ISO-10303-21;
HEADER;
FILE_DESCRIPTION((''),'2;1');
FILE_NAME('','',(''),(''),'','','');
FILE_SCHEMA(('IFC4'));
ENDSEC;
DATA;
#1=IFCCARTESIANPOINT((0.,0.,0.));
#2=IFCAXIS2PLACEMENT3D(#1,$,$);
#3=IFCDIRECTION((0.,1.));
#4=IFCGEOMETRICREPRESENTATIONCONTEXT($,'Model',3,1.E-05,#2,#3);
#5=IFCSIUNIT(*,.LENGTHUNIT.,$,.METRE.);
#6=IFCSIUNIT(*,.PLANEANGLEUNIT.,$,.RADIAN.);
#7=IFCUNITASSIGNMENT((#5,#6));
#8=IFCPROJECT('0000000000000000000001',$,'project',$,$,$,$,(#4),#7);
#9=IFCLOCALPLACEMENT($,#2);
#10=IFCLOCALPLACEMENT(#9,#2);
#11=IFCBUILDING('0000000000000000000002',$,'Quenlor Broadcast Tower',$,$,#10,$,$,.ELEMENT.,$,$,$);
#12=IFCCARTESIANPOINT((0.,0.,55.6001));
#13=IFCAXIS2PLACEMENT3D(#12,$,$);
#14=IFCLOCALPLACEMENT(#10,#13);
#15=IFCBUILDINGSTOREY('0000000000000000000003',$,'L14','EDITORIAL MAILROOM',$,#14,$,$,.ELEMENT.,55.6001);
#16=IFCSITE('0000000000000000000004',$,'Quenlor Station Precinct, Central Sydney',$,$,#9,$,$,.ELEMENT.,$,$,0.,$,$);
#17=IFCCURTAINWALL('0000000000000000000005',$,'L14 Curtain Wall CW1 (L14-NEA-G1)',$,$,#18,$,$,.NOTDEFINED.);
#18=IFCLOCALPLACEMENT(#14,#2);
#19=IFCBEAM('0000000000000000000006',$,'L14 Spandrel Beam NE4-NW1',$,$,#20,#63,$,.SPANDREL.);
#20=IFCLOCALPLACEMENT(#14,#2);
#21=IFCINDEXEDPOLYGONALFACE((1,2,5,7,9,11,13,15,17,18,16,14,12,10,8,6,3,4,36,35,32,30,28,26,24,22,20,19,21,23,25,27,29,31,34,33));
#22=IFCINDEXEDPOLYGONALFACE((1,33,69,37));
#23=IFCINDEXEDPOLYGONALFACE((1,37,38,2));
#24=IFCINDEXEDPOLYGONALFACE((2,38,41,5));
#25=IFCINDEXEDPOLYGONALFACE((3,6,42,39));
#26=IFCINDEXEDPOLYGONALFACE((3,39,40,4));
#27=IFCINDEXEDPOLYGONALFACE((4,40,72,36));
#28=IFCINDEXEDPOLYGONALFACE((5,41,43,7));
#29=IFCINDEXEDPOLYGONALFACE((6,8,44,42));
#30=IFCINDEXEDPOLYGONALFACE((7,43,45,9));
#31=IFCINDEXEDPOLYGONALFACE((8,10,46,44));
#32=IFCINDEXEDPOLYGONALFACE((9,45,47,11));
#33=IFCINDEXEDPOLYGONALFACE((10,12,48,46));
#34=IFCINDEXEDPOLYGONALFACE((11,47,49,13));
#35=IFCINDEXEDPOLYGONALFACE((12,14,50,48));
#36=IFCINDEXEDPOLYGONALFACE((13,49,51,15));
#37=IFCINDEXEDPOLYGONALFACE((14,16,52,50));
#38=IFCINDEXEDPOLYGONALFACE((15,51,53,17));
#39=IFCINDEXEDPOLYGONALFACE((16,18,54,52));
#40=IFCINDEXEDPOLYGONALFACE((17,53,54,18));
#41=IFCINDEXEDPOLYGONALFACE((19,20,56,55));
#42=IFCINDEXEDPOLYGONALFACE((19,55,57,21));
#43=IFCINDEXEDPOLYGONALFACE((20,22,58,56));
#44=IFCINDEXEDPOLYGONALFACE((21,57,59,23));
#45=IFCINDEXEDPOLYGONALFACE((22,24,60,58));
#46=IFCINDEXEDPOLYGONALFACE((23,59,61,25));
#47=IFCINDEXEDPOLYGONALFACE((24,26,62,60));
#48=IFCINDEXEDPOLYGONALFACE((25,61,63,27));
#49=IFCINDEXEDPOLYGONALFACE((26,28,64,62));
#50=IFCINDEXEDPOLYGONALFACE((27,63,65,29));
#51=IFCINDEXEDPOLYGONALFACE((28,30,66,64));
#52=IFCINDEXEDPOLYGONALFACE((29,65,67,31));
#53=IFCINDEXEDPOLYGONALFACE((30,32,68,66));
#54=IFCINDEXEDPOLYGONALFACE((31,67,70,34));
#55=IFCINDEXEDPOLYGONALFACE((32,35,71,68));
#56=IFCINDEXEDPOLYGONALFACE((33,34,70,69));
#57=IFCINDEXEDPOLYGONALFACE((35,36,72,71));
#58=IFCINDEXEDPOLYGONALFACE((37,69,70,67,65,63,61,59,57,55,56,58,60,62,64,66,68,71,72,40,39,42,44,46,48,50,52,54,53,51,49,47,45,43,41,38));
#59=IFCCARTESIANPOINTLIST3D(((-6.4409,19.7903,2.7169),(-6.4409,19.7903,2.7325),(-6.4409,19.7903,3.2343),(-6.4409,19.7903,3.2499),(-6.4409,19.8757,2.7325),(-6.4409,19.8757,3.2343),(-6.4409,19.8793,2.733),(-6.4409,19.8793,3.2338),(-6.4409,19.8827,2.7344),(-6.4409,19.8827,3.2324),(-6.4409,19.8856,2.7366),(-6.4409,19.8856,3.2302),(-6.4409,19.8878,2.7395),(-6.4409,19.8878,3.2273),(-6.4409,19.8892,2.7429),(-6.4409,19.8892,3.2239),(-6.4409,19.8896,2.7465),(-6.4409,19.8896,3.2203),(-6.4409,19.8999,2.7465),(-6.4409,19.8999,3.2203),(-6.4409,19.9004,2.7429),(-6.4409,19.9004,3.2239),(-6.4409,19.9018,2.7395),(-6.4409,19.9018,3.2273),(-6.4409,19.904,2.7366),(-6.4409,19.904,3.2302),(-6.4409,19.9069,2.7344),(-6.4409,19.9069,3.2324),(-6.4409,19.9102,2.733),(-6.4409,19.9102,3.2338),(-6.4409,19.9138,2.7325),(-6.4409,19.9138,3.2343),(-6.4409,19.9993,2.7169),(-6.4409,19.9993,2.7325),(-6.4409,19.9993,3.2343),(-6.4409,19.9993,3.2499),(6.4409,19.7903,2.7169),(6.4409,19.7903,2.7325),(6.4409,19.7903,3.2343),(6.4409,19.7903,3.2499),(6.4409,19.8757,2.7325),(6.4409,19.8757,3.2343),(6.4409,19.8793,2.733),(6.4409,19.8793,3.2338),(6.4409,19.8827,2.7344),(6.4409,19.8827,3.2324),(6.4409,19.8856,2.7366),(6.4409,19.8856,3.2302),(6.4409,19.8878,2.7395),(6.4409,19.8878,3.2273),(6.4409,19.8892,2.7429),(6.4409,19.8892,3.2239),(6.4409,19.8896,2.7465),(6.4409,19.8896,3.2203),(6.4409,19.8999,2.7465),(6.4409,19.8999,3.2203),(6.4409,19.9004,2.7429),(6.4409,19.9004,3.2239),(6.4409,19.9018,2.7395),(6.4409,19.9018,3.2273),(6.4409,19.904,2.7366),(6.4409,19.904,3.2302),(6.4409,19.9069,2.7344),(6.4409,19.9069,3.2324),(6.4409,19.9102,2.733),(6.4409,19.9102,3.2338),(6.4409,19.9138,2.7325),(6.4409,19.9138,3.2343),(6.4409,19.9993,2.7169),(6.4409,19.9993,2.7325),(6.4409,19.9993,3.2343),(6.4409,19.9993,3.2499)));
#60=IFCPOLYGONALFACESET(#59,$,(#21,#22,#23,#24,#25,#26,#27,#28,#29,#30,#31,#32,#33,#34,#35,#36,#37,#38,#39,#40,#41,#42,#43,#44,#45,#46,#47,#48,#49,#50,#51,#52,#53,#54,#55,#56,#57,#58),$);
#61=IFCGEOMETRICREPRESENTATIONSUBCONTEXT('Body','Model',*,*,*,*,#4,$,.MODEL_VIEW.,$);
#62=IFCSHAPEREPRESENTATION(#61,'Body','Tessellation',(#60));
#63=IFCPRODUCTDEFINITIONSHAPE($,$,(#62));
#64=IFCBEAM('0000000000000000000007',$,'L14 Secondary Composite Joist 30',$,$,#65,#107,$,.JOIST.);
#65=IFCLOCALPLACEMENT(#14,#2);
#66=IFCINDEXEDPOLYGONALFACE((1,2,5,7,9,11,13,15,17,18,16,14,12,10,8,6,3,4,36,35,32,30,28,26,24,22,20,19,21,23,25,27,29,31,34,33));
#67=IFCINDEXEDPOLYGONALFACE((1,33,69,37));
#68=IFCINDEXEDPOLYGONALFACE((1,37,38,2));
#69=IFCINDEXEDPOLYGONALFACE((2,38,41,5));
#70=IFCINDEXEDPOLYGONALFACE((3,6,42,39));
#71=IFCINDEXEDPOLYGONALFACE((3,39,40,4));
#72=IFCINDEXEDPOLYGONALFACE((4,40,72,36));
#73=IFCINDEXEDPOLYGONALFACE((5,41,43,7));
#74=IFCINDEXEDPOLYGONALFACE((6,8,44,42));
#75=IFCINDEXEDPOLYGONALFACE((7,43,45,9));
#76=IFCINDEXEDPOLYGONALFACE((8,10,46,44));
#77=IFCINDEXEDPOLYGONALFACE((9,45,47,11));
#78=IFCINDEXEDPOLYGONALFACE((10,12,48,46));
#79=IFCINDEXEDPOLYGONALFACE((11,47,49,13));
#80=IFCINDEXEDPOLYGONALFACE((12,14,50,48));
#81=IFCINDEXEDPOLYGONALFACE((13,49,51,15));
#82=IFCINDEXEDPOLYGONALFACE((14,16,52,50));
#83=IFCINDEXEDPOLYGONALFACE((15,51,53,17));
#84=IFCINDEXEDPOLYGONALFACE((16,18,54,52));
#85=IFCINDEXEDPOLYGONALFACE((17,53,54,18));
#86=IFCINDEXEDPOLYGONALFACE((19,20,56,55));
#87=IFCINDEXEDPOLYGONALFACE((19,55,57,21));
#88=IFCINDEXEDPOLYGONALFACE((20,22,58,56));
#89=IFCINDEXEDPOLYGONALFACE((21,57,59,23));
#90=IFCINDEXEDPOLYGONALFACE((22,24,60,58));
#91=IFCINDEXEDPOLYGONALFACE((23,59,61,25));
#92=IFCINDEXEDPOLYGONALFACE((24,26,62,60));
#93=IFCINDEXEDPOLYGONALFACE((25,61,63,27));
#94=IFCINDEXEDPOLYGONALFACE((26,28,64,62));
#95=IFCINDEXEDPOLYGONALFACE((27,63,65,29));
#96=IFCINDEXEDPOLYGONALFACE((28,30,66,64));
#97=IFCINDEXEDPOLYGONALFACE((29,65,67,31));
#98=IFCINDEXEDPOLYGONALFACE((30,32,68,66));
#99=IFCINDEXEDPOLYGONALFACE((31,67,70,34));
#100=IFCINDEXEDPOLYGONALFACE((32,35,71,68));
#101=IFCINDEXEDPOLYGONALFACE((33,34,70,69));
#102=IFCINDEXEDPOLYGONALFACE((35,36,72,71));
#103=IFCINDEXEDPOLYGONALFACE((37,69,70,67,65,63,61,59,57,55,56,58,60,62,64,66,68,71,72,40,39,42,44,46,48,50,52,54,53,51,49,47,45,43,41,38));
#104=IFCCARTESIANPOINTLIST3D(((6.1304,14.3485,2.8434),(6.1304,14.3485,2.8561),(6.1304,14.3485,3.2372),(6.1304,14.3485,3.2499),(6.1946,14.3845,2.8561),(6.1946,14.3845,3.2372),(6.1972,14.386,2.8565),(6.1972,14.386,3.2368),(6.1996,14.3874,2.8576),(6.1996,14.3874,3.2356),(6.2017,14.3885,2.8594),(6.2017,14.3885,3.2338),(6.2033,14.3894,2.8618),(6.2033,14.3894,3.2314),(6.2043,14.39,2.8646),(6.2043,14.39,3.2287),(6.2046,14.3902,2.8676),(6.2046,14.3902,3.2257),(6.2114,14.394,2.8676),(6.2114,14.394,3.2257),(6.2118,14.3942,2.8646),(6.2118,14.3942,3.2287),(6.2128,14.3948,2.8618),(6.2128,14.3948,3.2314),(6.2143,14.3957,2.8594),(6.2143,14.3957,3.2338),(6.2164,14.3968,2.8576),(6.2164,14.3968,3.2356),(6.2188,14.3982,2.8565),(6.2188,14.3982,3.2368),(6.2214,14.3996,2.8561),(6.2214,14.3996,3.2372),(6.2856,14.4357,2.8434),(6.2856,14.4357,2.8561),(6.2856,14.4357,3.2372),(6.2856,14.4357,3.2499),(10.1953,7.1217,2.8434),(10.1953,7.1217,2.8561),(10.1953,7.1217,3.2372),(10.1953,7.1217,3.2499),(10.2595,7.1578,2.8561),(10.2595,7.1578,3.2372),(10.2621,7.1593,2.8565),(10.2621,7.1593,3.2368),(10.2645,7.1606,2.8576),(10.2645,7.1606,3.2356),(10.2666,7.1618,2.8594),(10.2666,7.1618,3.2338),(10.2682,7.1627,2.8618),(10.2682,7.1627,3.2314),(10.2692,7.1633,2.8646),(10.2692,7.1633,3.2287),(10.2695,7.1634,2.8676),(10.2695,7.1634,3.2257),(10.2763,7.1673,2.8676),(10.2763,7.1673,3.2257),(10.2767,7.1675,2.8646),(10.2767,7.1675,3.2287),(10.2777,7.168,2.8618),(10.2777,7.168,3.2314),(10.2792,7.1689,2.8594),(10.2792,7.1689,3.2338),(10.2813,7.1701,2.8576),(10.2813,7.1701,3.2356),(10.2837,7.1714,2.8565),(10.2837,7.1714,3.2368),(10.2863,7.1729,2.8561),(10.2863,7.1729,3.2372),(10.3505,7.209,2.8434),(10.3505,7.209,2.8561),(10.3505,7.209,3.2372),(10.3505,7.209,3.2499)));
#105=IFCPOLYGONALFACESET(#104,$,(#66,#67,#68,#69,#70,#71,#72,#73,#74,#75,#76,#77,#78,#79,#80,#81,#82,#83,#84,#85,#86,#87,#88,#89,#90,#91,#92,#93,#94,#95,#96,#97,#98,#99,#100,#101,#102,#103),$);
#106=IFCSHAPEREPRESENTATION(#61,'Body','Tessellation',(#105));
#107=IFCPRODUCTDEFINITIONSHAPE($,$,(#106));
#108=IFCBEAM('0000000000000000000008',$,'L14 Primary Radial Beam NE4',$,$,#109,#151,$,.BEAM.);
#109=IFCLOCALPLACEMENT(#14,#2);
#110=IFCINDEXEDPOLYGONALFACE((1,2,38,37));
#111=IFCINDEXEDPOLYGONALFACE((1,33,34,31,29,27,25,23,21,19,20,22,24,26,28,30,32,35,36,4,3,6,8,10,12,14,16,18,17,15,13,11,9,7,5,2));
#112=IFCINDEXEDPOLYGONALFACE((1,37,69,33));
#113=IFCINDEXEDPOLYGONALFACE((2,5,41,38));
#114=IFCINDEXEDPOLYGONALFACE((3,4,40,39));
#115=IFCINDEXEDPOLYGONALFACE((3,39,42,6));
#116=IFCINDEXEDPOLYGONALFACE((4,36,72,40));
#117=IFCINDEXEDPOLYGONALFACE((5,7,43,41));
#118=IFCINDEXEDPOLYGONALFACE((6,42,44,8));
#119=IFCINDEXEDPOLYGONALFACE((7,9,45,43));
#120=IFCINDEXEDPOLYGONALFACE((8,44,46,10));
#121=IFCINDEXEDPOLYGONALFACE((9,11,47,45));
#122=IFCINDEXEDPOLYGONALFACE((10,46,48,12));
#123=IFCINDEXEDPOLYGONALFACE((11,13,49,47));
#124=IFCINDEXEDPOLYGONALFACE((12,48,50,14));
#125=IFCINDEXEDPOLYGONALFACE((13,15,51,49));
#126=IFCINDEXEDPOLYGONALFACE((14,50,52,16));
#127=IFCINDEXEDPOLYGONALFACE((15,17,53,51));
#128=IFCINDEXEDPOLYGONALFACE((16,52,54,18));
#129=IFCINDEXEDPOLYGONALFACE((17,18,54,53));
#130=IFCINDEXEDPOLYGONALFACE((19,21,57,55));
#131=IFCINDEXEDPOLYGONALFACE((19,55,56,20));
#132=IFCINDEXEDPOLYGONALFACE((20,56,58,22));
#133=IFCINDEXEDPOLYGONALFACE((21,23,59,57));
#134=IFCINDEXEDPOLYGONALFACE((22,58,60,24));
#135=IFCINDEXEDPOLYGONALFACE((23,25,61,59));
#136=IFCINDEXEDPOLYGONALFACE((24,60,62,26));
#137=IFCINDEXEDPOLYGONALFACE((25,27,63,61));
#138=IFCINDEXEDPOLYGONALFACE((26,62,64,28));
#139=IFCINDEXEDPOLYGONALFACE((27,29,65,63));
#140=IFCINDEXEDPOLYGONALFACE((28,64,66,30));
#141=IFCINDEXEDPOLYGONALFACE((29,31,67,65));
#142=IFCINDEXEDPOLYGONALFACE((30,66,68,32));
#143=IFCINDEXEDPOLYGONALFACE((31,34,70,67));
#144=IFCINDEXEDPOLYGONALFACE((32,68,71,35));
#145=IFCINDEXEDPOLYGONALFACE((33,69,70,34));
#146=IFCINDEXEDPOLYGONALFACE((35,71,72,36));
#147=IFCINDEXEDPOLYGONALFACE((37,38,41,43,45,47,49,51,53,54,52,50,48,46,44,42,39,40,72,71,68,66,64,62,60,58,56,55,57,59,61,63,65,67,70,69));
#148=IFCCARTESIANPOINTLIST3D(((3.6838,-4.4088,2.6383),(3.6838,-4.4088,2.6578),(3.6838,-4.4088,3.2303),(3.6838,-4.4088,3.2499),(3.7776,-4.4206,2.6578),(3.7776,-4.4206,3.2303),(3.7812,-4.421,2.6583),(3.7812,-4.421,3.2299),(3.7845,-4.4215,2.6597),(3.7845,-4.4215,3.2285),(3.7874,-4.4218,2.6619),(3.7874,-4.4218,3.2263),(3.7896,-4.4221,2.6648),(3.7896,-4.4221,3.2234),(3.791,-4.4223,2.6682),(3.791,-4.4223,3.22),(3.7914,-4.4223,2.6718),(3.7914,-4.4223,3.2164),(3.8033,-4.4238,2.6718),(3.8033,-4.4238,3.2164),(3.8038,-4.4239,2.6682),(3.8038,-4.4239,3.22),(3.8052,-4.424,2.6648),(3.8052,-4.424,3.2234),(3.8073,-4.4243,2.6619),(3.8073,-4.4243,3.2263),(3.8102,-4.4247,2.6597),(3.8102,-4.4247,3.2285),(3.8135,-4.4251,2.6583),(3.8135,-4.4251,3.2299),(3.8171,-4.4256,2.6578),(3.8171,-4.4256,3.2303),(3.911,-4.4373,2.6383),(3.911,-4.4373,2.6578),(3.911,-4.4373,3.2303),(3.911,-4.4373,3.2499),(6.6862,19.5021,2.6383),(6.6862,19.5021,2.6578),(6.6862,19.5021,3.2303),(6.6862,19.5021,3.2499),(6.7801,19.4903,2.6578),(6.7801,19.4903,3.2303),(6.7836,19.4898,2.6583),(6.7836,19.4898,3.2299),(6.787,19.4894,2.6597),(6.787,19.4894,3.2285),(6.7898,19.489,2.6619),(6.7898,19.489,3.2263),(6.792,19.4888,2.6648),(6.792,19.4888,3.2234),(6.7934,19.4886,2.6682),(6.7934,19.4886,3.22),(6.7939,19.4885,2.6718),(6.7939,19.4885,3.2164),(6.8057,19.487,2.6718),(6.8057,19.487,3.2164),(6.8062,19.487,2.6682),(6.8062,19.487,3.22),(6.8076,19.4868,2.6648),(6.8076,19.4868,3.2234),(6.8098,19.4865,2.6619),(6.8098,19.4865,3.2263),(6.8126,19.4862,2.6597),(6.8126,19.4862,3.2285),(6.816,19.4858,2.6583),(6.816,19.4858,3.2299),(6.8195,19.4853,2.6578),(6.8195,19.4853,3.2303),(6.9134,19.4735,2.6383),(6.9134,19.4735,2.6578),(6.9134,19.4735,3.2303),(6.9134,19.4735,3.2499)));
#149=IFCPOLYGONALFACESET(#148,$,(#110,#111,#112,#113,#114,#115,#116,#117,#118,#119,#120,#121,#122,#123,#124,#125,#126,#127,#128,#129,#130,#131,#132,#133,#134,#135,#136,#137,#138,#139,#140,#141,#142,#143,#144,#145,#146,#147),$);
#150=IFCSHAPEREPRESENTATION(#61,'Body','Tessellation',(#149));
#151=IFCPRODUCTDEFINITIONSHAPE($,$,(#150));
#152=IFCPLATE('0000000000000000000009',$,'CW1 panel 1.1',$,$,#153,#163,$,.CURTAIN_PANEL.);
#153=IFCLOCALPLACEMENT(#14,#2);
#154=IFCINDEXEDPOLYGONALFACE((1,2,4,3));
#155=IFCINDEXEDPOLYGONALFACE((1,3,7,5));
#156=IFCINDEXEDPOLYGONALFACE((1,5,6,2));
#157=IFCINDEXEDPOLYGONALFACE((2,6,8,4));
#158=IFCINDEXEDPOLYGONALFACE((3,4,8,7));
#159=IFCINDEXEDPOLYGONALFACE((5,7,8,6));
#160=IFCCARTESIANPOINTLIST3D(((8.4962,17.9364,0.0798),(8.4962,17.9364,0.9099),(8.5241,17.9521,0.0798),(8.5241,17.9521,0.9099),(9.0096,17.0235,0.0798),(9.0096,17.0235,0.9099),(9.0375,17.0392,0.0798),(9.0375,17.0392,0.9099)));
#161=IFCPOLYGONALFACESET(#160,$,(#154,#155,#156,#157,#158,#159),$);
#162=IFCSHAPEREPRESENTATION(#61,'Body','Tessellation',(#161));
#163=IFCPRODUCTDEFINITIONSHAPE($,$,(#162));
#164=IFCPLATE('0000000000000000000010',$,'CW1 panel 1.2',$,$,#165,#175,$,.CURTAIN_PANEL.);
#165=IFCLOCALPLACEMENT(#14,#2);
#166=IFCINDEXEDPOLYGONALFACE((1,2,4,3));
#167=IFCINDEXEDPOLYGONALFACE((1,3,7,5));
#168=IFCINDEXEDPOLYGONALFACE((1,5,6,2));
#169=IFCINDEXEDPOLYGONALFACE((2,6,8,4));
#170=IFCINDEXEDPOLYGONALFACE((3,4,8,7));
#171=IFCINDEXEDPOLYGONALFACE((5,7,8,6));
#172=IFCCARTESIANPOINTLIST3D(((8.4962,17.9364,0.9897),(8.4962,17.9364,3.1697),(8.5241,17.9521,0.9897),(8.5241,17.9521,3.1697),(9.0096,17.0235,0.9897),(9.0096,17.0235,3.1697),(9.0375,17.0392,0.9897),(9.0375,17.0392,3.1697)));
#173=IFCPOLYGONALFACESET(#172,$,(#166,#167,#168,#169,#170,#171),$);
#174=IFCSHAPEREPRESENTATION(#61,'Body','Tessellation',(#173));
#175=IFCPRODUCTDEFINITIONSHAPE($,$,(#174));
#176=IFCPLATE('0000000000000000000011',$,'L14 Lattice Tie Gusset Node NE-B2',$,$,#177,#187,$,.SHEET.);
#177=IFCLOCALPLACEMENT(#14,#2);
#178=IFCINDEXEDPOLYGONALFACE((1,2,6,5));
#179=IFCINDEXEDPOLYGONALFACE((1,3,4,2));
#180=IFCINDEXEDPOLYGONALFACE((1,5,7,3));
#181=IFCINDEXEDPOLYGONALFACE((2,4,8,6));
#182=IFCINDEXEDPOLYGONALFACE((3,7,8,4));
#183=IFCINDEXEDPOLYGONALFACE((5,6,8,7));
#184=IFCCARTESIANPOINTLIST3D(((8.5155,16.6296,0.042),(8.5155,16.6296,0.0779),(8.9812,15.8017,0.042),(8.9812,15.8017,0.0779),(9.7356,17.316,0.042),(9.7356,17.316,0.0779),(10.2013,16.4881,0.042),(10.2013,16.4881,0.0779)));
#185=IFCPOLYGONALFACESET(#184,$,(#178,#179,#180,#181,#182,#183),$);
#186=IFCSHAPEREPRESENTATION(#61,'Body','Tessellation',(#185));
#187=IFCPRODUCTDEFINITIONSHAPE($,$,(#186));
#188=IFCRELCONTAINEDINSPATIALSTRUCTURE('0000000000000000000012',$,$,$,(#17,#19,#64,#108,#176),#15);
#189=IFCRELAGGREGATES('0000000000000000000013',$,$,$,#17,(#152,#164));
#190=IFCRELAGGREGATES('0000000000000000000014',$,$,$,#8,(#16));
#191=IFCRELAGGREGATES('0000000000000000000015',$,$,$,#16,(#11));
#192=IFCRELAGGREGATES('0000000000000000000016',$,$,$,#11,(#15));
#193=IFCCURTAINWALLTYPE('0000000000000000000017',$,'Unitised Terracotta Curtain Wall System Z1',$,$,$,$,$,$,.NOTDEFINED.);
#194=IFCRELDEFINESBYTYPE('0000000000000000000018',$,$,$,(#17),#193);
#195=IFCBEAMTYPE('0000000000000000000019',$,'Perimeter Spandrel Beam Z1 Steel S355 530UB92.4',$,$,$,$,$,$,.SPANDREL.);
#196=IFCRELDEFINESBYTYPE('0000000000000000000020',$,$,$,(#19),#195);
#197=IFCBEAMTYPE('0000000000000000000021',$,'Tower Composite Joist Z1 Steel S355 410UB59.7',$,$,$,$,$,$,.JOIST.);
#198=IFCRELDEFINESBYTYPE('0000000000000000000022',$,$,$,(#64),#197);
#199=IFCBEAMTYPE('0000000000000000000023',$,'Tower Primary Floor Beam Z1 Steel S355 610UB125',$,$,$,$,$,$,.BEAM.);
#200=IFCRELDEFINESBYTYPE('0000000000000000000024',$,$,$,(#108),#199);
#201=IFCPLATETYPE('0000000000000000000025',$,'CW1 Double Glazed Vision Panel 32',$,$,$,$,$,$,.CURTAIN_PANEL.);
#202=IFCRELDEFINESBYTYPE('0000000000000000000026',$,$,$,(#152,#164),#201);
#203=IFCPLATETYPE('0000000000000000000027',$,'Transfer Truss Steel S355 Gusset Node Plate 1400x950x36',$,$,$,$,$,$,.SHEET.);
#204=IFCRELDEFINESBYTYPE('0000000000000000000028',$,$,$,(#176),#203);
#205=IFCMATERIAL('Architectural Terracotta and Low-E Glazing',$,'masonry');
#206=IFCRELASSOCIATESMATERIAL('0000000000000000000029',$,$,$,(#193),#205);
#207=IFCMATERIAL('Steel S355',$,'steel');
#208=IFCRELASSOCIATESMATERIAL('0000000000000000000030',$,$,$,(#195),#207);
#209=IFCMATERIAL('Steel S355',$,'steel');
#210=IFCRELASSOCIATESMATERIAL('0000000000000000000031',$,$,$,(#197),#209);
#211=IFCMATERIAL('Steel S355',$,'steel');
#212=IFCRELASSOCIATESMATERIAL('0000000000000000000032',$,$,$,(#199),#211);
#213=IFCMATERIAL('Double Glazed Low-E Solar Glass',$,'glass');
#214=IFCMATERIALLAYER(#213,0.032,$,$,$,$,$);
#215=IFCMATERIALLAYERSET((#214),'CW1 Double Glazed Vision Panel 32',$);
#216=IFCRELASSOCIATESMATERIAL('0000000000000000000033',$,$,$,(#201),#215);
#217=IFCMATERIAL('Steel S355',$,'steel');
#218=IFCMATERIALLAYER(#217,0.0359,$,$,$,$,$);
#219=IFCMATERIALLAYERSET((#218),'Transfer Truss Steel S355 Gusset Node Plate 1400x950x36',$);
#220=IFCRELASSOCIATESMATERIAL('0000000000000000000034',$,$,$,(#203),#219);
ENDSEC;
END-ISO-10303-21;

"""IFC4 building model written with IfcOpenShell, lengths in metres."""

from ifc_helpers import new_model, si_unit, direction, frame, origin, origin_2d, place, context, subcontext, project, spatial, rectangle, i_section, extrude, material, layer, layer_set, material_profile, profile_set, type_object, element, aggregate, save


model = new_model("IFC4")

# Units and contexts
model_context = context("Model", 3, precision=1e-05, world=origin(), true_north=direction((0.0, 1.0)))
body_context = subcontext(model_context, "Body", "Model", "MODEL_VIEW")
ifc_project = project(units=[si_unit("LENGTHUNIT", "METRE"), si_unit("PLANEANGLEUNIT", "RADIAN")], contexts=[model_context])

# Site, building, storey
site_placement = place(None, origin())
site = spatial("IfcSite", under=ifc_project, at=site_placement, Name="Quenlor Station Precinct, Central Sydney", CompositionType="ELEMENT", RefElevation=0.0)
building_placement = place(site_placement, origin())
building = spatial("IfcBuilding", under=site, at=building_placement, Name="Quenlor Broadcast Tower", CompositionType="ELEMENT")
storey_placement = place(building_placement, frame((0.0, 0.0, 55.6001)))
storey = spatial("IfcBuildingStorey", under=building, at=storey_placement, Name="L14", Description="EDITORIAL MAILROOM", CompositionType="ELEMENT", Elevation=55.6001)

# Curtain wall
ifc_material_1 = material(Name="Architectural Terracotta and Low-E Glazing", Category="masonry")
curtain_wall_type = type_object("IfcCurtainWallType", Name="Unitised Terracotta Curtain Wall System Z1", PredefinedType="NOTDEFINED", material=ifc_material_1)
curtain_wall_placement = place(storey_placement, origin())
curtain_wall = element("IfcCurtainWall", 1, at=curtain_wall_placement, inside=storey, type_object=curtain_wall_type, Name="L14 Curtain Wall CW1 (L14-NEA-G1)", PredefinedType="NOTDEFINED")

# Beams
ifc_material_2 = material(Name="Steel S355", Category="steel")
ifc_material_profile_1 = material_profile(ifc_material_2, i_section(OverallWidth=0.209, OverallDepth=0.533, WebThickness=0.0103, FlangeThickness=0.0156, FilletRadius=0.0139, at=origin_2d()))
ifc_profile_set_1 = profile_set([ifc_material_profile_1], Name="Steel S355 530UB92.4")
beam_type_1 = type_object("IfcBeamType", Name="Perimeter Spandrel Beam Z1 Steel S355 530UB92.4", PredefinedType="SPANDREL", material=ifc_profile_set_1)
beam_1_placement = place(storey_placement, frame((6.4409, 19.8948, 2.9834), z_axis=(-1.0, 0.0, 0.0), x_axis=(0.0, -1.0, 0.0)))
element("IfcBeam", 2, at=beam_1_placement, inside=storey, type_object=beam_type_1, Name="L14 Spandrel Beam NE4-NW1", PredefinedType="SPANDREL", context=body_context, shape_type="SweptSolid", body=[
    extrude(i_section(OverallWidth=0.209, OverallDepth=0.533, WebThickness=0.0103, FlangeThickness=0.0156, FilletRadius=0.0139, at=origin_2d()), origin(), (0.0, 0.0, 1.0), 12.8818),
])
ifc_material_3 = material(Name="Steel S355", Category="steel")
ifc_material_profile_2 = material_profile(ifc_material_3, i_section(OverallWidth=0.178, OverallDepth=0.4065, WebThickness=0.0078, FlangeThickness=0.0127, FilletRadius=0.0115, at=origin_2d()))
ifc_profile_set_2 = profile_set([ifc_material_profile_2], Name="Steel S355 410UB59.7")
beam_type_2 = type_object("IfcBeamType", Name="Tower Composite Joist Z1 Steel S355 410UB59.7", PredefinedType="JOIST", material=ifc_profile_set_2)
beam_2_placement = place(storey_placement, frame((6.208, 14.3921, 3.0466), z_axis=(0.490249, -0.871583, 0.0), x_axis=(0.871583, 0.490249, 0.0)))
element("IfcBeam", 3, at=beam_2_placement, inside=storey, type_object=beam_type_2, Name="L14 Secondary Composite Joist 30", PredefinedType="JOIST", context=body_context, shape_type="SweptSolid", body=[
    extrude(i_section(OverallWidth=0.178, OverallDepth=0.4065, WebThickness=0.0078, FlangeThickness=0.0127, FilletRadius=0.0115, at=origin_2d()), origin(), (0.0, 0.0, 1.0), 8.2915),
])
ifc_material_4 = material(Name="Steel S355", Category="steel")
ifc_material_profile_3 = material_profile(ifc_material_4, i_section(OverallWidth=0.229, OverallDepth=0.6116, WebThickness=0.012, FlangeThickness=0.0195, FilletRadius=0.0139, at=origin_2d()))
ifc_profile_set_3 = profile_set([ifc_material_profile_3], Name="Steel S355 610UB125")
beam_type_3 = type_object("IfcBeamType", Name="Tower Primary Floor Beam Z1 Steel S355 610UB125", PredefinedType="BEAM", material=ifc_profile_set_3)
beam_3_placement = place(storey_placement, frame((6.7998, 19.4878, 2.9441), z_axis=(-0.12459, -0.992208, 0.0), x_axis=(0.992208, -0.12459, 0.0)))
element("IfcBeam", 4, at=beam_3_placement, inside=storey, type_object=beam_type_3, Name="L14 Primary Radial Beam NE4", PredefinedType="BEAM", context=body_context, shape_type="SweptSolid", body=[
    extrude(i_section(OverallWidth=0.229, OverallDepth=0.6116, WebThickness=0.012, FlangeThickness=0.0195, FilletRadius=0.0139, at=origin_2d()), origin(), (0.0, 0.0, 1.0), 24.0986),
])

# Plates
ifc_material_5 = material(Name="Double Glazed Low-E Solar Glass", Category="glass")
ifc_layer_1 = layer(ifc_material_5, 0.032)
ifc_layer_set_1 = layer_set([ifc_layer_1], Name="CW1 Double Glazed Vision Panel 32")
plate_type_1 = type_object("IfcPlateType", Name="CW1 Double Glazed Vision Panel 32", PredefinedType="CURTAIN_PANEL", material=ifc_layer_set_1)
plate_1_placement = place(storey_placement, frame((8.7668, 17.4878, 0.0798), z_axis=(0.0, 0.0, 1.0), x_axis=(0.490214, -0.871602, 0.0)))
plate_1 = element("IfcPlate", 5, at=plate_1_placement, type_object=plate_type_1, Name="CW1 panel 1.1", PredefinedType="CURTAIN_PANEL", context=body_context, shape_type="SweptSolid", body=[
    extrude(rectangle(XDim=1.0474, YDim=0.032, at=origin_2d()), origin(), (0.0, 0.0, 1.0), 0.8301),
])
plate_2_placement = place(storey_placement, frame((8.7668, 17.4878, 0.9897), z_axis=(0.0, 0.0, 1.0), x_axis=(0.490214, -0.871602, 0.0)))
plate_2 = element("IfcPlate", 6, at=plate_2_placement, type_object=plate_type_1, Name="CW1 panel 1.2", PredefinedType="CURTAIN_PANEL", context=body_context, shape_type="SweptSolid", body=[
    extrude(rectangle(XDim=1.0474, YDim=0.032, at=origin_2d()), origin(), (0.0, 0.0, 1.0), 2.1799),
])
aggregate(curtain_wall, [plate_1, plate_2])

# Plate
ifc_material_6 = material(Name="Steel S355", Category="steel")
ifc_layer_2 = layer(ifc_material_6, 0.0359)
ifc_layer_set_2 = layer_set([ifc_layer_2], Name="Transfer Truss Steel S355 Gusset Node Plate 1400x950x36")
plate_type_2 = type_object("IfcPlateType", Name="Transfer Truss Steel S355 Gusset Node Plate 1400x950x36", PredefinedType="SHEET", material=ifc_layer_set_2)
for number, where, z_axis, x_axis, name in (
    (7, (9.3584, 16.5588, 0.042), (0.0, 0.0, 1.0), (0.871556, 0.490295, 0.0), "L14 Lattice Tie Gusset Node NE-B2"),
):
    element("IfcPlate", number, at=place(storey_placement, frame(where, z_axis=z_axis, x_axis=x_axis)), inside=storey, type_object=plate_type_2, Name=name, PredefinedType="SHEET", context=body_context, shape_type="SweptSolid", body=[
        extrude(rectangle(XDim=1.3999, YDim=0.95, at=origin_2d()), origin(), (0.0, 0.0, 1.0), 0.0359),
    ])

save(model, "model.ifc")
